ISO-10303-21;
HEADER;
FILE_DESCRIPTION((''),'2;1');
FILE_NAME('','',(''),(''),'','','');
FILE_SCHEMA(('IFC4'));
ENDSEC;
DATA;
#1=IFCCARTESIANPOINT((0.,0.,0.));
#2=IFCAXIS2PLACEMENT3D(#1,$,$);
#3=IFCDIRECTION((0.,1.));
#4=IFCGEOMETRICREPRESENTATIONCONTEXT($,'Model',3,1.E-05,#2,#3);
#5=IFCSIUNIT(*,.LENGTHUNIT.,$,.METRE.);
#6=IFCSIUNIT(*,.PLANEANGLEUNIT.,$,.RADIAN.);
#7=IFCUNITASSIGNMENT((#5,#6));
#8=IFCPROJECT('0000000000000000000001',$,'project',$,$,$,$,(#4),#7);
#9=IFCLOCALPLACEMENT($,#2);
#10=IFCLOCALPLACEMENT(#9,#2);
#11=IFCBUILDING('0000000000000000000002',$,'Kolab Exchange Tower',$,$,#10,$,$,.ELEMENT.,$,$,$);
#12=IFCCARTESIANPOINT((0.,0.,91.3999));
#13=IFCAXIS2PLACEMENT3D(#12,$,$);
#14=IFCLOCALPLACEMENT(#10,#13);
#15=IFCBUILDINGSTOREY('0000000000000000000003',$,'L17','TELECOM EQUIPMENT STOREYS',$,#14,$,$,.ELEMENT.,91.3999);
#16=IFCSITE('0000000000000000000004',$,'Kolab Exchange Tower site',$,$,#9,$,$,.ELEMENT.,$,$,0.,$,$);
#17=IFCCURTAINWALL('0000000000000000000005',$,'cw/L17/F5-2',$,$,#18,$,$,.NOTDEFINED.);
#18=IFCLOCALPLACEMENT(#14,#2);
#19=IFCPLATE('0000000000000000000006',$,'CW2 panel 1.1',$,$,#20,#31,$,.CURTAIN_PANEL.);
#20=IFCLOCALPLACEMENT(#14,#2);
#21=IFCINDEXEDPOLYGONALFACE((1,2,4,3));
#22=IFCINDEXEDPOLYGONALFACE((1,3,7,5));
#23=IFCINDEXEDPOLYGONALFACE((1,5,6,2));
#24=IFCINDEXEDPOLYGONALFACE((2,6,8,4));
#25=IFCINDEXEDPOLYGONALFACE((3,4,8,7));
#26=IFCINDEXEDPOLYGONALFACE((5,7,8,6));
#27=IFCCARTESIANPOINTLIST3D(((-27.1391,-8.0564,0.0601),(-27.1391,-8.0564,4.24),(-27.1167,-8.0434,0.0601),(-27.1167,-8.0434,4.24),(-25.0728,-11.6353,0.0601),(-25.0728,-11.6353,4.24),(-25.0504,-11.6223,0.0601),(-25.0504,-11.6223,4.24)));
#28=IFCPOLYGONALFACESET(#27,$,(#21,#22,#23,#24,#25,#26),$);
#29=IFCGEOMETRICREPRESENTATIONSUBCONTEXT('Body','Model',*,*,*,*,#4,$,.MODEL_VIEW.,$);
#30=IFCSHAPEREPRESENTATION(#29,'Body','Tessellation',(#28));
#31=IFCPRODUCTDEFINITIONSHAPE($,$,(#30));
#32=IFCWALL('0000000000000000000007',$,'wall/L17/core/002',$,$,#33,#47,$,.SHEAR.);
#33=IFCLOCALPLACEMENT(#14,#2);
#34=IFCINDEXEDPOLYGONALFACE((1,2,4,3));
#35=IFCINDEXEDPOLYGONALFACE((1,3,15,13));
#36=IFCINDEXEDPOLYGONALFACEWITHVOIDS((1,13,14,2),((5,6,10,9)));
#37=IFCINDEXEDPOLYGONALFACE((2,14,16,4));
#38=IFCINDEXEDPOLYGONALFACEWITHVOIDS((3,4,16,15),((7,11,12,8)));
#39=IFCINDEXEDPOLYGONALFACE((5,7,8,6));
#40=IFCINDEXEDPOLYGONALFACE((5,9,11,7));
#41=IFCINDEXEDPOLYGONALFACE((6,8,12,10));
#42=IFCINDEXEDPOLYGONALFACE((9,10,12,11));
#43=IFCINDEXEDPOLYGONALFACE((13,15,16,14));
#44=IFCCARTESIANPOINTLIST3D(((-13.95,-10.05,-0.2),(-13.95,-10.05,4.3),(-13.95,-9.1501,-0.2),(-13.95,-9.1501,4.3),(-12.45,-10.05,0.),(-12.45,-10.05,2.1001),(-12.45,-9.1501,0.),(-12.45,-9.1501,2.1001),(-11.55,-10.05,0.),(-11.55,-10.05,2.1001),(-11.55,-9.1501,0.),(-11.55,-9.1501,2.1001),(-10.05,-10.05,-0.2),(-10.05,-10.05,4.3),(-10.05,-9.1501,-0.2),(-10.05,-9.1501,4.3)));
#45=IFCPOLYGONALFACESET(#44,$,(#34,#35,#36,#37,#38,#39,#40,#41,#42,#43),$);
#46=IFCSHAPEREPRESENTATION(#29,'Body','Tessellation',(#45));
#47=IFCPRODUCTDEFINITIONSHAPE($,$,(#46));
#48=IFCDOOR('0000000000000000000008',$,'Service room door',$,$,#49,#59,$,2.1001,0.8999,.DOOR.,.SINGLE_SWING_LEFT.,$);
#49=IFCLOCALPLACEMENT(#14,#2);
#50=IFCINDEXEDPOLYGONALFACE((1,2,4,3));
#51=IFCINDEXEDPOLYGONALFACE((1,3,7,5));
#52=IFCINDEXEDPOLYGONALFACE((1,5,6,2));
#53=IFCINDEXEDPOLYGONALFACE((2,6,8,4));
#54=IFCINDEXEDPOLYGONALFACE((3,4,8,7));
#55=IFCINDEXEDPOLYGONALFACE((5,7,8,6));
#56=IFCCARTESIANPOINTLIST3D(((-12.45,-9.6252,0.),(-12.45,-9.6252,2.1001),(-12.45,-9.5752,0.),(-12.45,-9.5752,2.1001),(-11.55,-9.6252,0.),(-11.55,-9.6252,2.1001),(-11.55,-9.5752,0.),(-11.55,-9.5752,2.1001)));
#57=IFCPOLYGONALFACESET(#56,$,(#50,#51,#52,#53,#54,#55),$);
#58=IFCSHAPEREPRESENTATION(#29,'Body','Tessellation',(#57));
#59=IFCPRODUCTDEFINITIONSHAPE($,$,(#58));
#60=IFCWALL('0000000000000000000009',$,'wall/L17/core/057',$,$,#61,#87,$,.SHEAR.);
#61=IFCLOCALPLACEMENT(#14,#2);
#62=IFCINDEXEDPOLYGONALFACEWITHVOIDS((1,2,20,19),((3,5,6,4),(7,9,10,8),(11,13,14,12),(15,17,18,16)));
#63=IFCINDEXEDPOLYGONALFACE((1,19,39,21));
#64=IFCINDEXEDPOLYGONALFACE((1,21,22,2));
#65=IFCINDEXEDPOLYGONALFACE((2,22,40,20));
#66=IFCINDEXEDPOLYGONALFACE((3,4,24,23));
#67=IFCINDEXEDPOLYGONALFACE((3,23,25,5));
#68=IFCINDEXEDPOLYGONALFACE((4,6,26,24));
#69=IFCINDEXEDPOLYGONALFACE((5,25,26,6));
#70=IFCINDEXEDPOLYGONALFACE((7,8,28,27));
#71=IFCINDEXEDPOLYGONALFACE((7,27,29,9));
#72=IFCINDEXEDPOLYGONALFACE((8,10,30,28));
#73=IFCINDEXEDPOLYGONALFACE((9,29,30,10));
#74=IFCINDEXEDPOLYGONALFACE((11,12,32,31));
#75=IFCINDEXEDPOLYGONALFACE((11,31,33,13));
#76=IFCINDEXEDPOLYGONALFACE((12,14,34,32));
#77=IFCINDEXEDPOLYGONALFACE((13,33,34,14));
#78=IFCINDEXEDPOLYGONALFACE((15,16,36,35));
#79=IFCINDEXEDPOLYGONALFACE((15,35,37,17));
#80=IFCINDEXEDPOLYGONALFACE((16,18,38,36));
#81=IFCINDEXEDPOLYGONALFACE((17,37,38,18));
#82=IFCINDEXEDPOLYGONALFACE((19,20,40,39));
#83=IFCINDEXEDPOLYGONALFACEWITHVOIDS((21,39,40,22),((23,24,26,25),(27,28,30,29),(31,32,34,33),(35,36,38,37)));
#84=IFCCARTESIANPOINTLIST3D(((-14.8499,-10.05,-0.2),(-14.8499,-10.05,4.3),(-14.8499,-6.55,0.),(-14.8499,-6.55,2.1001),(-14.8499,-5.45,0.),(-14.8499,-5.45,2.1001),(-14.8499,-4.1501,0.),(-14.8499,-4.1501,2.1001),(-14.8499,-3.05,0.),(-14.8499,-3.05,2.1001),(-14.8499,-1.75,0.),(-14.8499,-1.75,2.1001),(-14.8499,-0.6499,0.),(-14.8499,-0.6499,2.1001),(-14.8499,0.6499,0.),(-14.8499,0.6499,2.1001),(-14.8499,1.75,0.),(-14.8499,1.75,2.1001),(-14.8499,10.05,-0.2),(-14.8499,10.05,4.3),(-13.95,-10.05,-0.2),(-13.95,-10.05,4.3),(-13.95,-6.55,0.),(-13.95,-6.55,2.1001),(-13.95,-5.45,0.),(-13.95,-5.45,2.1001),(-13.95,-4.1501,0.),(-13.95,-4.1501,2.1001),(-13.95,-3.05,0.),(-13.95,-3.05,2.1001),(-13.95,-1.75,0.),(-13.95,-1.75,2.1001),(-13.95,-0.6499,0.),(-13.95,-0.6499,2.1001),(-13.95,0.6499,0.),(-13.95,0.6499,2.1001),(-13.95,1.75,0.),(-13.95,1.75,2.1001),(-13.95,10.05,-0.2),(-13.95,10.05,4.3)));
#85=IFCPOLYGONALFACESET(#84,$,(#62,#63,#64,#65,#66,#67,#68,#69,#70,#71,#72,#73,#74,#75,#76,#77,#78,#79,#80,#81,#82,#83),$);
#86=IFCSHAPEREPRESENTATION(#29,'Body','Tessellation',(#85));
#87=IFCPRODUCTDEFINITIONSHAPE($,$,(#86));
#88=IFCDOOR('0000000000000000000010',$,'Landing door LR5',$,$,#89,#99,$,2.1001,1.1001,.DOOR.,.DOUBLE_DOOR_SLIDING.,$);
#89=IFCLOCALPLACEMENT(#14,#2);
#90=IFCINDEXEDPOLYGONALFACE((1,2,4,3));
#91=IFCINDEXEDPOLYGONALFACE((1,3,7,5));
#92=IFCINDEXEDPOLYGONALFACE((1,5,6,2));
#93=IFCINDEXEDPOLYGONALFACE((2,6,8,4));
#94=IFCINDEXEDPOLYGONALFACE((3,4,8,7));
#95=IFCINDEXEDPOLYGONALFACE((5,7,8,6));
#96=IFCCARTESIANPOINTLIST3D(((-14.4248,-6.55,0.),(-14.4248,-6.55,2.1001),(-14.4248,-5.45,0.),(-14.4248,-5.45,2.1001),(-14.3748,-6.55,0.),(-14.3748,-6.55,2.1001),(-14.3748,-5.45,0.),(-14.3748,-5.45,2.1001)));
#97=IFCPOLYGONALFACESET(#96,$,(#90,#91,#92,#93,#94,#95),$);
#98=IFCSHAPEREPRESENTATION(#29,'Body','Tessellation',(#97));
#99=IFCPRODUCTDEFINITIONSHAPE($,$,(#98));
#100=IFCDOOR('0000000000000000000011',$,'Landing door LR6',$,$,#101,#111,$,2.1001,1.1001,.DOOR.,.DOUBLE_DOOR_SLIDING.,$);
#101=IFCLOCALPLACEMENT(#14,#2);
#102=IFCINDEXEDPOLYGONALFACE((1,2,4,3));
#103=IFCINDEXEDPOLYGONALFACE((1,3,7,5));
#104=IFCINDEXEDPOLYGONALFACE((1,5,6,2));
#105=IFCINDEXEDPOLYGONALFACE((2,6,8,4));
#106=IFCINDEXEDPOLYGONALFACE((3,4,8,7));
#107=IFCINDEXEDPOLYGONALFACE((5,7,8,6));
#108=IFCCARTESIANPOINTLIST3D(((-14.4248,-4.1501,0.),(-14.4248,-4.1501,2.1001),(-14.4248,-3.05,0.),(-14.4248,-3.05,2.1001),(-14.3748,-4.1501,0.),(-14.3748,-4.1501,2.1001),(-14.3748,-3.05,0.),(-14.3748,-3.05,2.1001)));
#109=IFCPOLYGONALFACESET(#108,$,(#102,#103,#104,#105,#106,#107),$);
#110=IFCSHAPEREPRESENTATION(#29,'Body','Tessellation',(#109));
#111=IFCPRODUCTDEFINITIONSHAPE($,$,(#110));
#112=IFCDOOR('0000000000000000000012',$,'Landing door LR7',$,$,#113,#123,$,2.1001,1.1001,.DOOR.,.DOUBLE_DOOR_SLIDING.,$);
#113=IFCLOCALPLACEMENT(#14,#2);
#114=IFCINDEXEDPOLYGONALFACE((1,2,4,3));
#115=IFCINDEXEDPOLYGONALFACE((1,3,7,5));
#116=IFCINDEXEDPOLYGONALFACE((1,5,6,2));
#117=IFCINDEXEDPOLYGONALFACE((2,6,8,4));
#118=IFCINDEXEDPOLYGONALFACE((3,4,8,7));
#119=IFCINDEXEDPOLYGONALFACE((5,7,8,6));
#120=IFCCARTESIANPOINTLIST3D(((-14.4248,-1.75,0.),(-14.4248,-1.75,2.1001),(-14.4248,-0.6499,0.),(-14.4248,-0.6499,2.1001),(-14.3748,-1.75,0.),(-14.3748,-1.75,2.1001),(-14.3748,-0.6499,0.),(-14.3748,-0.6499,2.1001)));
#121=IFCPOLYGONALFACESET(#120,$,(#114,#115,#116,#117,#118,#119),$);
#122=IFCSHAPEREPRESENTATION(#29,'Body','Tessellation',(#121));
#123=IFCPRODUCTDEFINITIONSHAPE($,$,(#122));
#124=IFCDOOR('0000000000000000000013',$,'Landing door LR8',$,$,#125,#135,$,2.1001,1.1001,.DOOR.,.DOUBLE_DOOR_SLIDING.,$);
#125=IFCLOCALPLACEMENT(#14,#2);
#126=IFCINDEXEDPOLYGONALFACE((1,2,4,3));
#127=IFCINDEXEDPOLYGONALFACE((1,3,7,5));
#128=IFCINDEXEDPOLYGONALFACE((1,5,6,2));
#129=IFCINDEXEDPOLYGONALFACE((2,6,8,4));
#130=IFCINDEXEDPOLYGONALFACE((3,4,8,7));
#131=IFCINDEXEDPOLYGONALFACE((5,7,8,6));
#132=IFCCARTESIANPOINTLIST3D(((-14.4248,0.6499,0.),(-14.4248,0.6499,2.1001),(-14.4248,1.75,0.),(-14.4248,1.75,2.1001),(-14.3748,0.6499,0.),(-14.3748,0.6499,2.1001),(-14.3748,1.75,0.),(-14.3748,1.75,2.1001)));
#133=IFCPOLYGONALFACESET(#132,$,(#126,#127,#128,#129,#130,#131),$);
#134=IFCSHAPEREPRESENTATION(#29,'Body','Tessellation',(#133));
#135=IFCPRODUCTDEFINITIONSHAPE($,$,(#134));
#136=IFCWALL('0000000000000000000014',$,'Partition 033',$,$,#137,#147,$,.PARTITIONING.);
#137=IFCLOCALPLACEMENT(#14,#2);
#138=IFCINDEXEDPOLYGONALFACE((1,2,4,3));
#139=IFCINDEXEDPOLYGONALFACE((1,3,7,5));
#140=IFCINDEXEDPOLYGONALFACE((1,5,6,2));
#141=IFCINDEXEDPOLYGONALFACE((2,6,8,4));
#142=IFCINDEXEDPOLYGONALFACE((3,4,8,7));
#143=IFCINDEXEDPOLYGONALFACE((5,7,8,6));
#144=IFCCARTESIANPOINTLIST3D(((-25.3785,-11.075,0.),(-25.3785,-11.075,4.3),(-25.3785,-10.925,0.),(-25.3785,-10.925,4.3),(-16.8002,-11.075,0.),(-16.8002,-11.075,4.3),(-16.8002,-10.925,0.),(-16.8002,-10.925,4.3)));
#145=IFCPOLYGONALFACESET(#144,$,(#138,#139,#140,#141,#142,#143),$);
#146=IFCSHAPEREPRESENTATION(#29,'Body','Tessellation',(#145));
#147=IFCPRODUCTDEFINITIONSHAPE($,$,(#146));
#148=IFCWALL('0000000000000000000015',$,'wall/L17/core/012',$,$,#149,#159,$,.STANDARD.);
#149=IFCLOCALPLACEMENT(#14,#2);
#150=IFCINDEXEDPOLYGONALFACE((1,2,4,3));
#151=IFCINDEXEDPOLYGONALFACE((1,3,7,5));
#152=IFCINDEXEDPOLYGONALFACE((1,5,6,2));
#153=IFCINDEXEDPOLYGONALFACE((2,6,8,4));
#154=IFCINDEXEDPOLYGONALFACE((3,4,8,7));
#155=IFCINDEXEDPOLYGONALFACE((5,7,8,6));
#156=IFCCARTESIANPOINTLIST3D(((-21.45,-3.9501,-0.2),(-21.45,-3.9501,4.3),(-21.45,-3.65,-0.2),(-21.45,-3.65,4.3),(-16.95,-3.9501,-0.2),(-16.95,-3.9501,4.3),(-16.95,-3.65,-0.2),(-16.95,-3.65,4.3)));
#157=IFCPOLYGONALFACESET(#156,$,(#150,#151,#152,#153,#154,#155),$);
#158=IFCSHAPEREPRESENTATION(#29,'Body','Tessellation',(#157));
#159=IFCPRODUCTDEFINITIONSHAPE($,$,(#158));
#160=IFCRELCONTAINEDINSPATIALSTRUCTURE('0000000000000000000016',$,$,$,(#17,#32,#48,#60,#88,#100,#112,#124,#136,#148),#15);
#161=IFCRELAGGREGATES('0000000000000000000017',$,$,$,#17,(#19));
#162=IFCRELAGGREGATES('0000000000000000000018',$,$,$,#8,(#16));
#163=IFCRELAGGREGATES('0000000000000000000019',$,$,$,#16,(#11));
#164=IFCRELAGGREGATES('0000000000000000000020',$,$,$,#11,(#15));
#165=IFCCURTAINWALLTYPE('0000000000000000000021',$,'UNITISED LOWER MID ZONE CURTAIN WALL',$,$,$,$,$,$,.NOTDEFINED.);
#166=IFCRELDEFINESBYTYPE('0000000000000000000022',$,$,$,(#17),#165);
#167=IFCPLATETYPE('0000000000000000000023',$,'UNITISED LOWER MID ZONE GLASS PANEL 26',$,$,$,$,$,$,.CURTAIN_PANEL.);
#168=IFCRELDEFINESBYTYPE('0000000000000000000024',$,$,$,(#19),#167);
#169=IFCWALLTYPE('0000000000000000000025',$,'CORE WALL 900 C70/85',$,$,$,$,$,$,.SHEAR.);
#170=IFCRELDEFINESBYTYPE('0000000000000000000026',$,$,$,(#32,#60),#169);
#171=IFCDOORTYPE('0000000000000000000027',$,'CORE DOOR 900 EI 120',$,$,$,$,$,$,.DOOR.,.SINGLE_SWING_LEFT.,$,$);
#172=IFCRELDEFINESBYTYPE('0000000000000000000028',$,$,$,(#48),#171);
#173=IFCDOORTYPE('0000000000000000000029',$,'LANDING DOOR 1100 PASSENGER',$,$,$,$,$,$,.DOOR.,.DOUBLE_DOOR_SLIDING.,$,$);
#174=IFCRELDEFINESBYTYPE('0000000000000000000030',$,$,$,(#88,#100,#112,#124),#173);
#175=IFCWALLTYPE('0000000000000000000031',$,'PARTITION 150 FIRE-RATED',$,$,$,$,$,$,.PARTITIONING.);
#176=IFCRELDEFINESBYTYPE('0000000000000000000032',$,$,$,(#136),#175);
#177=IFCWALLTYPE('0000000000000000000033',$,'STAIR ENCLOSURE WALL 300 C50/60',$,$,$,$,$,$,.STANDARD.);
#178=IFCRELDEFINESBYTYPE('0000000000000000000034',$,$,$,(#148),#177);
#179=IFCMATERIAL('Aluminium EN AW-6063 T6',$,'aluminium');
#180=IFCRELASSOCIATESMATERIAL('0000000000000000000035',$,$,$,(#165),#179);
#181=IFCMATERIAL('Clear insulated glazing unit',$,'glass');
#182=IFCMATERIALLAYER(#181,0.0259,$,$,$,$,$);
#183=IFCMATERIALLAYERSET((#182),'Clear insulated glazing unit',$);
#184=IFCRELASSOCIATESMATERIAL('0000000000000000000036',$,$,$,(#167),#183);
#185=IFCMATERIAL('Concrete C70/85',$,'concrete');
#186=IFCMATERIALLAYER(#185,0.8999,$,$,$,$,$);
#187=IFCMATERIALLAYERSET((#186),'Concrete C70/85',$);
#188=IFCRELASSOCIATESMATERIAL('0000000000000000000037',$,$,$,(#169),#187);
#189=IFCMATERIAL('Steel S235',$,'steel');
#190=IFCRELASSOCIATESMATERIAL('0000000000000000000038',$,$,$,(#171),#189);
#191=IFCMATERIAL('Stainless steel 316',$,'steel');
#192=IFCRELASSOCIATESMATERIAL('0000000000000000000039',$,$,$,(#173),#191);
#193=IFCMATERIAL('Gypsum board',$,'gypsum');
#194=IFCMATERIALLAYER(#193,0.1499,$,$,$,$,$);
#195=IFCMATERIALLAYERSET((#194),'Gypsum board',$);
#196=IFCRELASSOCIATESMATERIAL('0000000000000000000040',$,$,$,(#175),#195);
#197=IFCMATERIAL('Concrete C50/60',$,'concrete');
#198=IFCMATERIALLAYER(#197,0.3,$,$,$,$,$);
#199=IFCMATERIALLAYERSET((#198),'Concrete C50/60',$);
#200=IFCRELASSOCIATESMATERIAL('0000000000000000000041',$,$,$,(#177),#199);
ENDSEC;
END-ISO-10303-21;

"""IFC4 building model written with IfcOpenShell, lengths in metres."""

from ifc_helpers import new_model, si_unit, direction, frame, frame_2d, origin, origin_2d, place, context, subcontext, project, spatial, rectangle, extrude, material, layer, layer_set, type_object, element, fill, aggregate, save


model = new_model("IFC4")

# Units and contexts
model_context = context("Model", 3, precision=1e-05, world=origin(), true_north=direction((0.0, 1.0)))
body_context = subcontext(model_context, "Body", "Model", "MODEL_VIEW")
ifc_project = project(units=[si_unit("LENGTHUNIT", "METRE"), si_unit("PLANEANGLEUNIT", "RADIAN")], contexts=[model_context])

# Site, building, storey
site_placement = place(None, origin())
site = spatial("IfcSite", under=ifc_project, at=site_placement, Name="Kolab Exchange Tower site", CompositionType="ELEMENT", RefElevation=0.0)
building_placement = place(site_placement, origin())
building = spatial("IfcBuilding", under=site, at=building_placement, Name="Kolab Exchange Tower", CompositionType="ELEMENT")
storey_placement = place(building_placement, frame((0.0, 0.0, 91.3999)))
storey = spatial("IfcBuildingStorey", under=building, at=storey_placement, Name="L17", Description="TELECOM EQUIPMENT STOREYS", CompositionType="ELEMENT", Elevation=91.3999)

# Shared definitions
ifc_material_1 = material(Name="Concrete C70/85", Category="concrete")

# Curtain wall, plate
ifc_material_2 = material(Name="Aluminium EN AW-6063 T6", Category="aluminium")
curtain_wall_type = type_object("IfcCurtainWallType", Name="UNITISED LOWER MID ZONE CURTAIN WALL", PredefinedType="NOTDEFINED", material=ifc_material_2)
curtain_wall_placement = place(storey_placement, origin())
curtain_wall = element("IfcCurtainWall", 1, at=curtain_wall_placement, inside=storey, type_object=curtain_wall_type, Name="cw/L17/F5-2", PredefinedType="NOTDEFINED")
ifc_material_3 = material(Name="Clear insulated glazing unit", Category="glass")
ifc_layer_1 = layer(ifc_material_3, 0.0259)
ifc_layer_set_1 = layer_set([ifc_layer_1], Name="Clear insulated glazing unit")
plate_type = type_object("IfcPlateType", Name="UNITISED LOWER MID ZONE GLASS PANEL 26", PredefinedType="CURTAIN_PANEL", material=ifc_layer_set_1)
plate_placement = place(storey_placement, frame((-26.0947, -9.8394, 0.0601), z_axis=(0.0, 0.0, 1.0), x_axis=(-0.5, 0.866025, 0.0)))
plate = element("IfcPlate", 2, at=plate_placement, type_object=plate_type, Name="CW2 panel 1.1", PredefinedType="CURTAIN_PANEL", context=body_context, shape_type="SweptSolid", body=[
    extrude(rectangle(XDim=4.1326, YDim=0.0259, at=origin_2d()), origin(), (0.0, 0.0, 1.0), 4.1799),
])
aggregate(curtain_wall, [plate])

# Wall, opening, door
ifc_layer_2 = layer(ifc_material_1, 0.8999)
ifc_layer_set_2 = layer_set([ifc_layer_2], Name="Concrete C70/85")
wall_type_1 = type_object("IfcWallType", Name="CORE WALL 900 C70/85", PredefinedType="SHEAR", material=ifc_layer_set_2)
wall_1_placement = place(storey_placement, frame((-13.95, -9.6001, -0.2), z_axis=(0.0, 0.0, 1.0), x_axis=(1.0, 0.0, 0.0)))
wall_1 = element("IfcWall", 3, at=wall_1_placement, inside=storey, type_object=wall_type_1, Name="wall/L17/core/002", PredefinedType="SHEAR", context=body_context, shape_type="SweptSolid", body=[
    extrude(rectangle(XDim=3.8999, YDim=0.8999, at=frame_2d((1.95, 0.0))), origin(), (0.0, 0.0, 1.0), 4.5),
])
opening_1_placement = place(wall_1_placement, frame((1.5, 0.0, 0.2)))
opening_1 = element("IfcOpeningElement", 4, at=opening_1_placement, cuts=wall_1, PredefinedType="OPENING", context=body_context, shape_type="SweptSolid", body=[
    extrude(rectangle(XDim=0.8999, YDim=2.1001, at=frame_2d((0.45, 1.05))), frame((0.0, 0.46, 0.0), z_axis=(0.0, -1.0, 0.0), x_axis=(1.0, 0.0, 0.0)), (0.0, 0.0, 1.0), 0.9199),
])
ifc_material_4 = material(Name="Steel S235", Category="steel")
door_type_1 = type_object("IfcDoorType", Name="CORE DOOR 900 EI 120", OperationType="SINGLE_SWING_LEFT", PredefinedType="DOOR", material=ifc_material_4)
door_1_placement = place(opening_1_placement, origin())
door_1 = element("IfcDoor", 5, at=door_1_placement, inside=storey, type_object=door_type_1, Name="Service room door", OperationType="SINGLE_SWING_LEFT", OverallHeight=2.1001, OverallWidth=0.8999, PredefinedType="DOOR", context=body_context, shape_type="SweptSolid", body=[
    extrude(rectangle(XDim=0.8999, YDim=2.1001, at=frame_2d((0.45, 1.05))), frame((0.0, 0.0249, 0.0), z_axis=(0.0, -1.0, 0.0), x_axis=(1.0, 0.0, 0.0)), (0.0, 0.0, 1.0), 0.05),
])
fill(opening_1, door_1)

# Wall, openings, doors
wall_2_placement = place(storey_placement, frame((-14.3999, -10.05, -0.2), z_axis=(0.0, 0.0, 1.0), x_axis=(0.0, 1.0, 0.0)))
wall_2 = element("IfcWall", 6, at=wall_2_placement, inside=storey, type_object=wall_type_1, Name="wall/L17/core/057", PredefinedType="SHEAR", context=body_context, shape_type="SweptSolid", body=[
    extrude(rectangle(XDim=20.1001, YDim=0.8999, at=frame_2d((10.05, 0.0))), origin(), (0.0, 0.0, 1.0), 4.5),
])
opening_2_placement = place(wall_2_placement, frame((3.5, 0.0, 0.2)))
opening_2 = element("IfcOpeningElement", 7, at=opening_2_placement, cuts=wall_2, PredefinedType="OPENING", context=body_context, shape_type="SweptSolid", body=[
    extrude(rectangle(XDim=1.1001, YDim=2.1001, at=frame_2d((0.55, 1.05))), frame((0.0, 0.46, 0.0), z_axis=(0.0, -1.0, 0.0), x_axis=(1.0, 0.0, 0.0)), (0.0, 0.0, 1.0), 0.9199),
])
opening_3_placement = place(wall_2_placement, frame((5.8999, 0.0, 0.2)))
opening_3 = element("IfcOpeningElement", 8, at=opening_3_placement, cuts=wall_2, PredefinedType="OPENING", context=body_context, shape_type="SweptSolid", body=[
    extrude(rectangle(XDim=1.1001, YDim=2.1001, at=frame_2d((0.55, 1.05))), frame((0.0, 0.46, 0.0), z_axis=(0.0, -1.0, 0.0), x_axis=(1.0, 0.0, 0.0)), (0.0, 0.0, 1.0), 0.9199),
])
opening_4_placement = place(wall_2_placement, frame((8.3, 0.0, 0.2)))
opening_4 = element("IfcOpeningElement", 9, at=opening_4_placement, cuts=wall_2, PredefinedType="OPENING", context=body_context, shape_type="SweptSolid", body=[
    extrude(rectangle(XDim=1.1001, YDim=2.1001, at=frame_2d((0.55, 1.05))), frame((0.0, 0.46, 0.0), z_axis=(0.0, -1.0, 0.0), x_axis=(1.0, 0.0, 0.0)), (0.0, 0.0, 1.0), 0.9199),
])
opening_5_placement = place(wall_2_placement, frame((10.7, 0.0, 0.2)))
opening_5 = element("IfcOpeningElement", 10, at=opening_5_placement, cuts=wall_2, PredefinedType="OPENING", context=body_context, shape_type="SweptSolid", body=[
    extrude(rectangle(XDim=1.1001, YDim=2.1001, at=frame_2d((0.55, 1.05))), frame((0.0, 0.46, 0.0), z_axis=(0.0, -1.0, 0.0), x_axis=(1.0, 0.0, 0.0)), (0.0, 0.0, 1.0), 0.9199),
])
ifc_material_5 = material(Name="Stainless steel 316", Category="steel")
door_type_2 = type_object("IfcDoorType", Name="LANDING DOOR 1100 PASSENGER", OperationType="DOUBLE_DOOR_SLIDING", PredefinedType="DOOR", material=ifc_material_5)
door_2_placement = place(opening_2_placement, origin())
door_2 = element("IfcDoor", 11, at=door_2_placement, inside=storey, type_object=door_type_2, Name="Landing door LR5", OperationType="DOUBLE_DOOR_SLIDING", OverallHeight=2.1001, OverallWidth=1.1001, PredefinedType="DOOR", context=body_context, shape_type="SweptSolid", body=[
    extrude(rectangle(XDim=1.1001, YDim=2.1001, at=frame_2d((0.55, 1.05))), frame((0.0, 0.0249, 0.0), z_axis=(0.0, -1.0, 0.0), x_axis=(1.0, 0.0, 0.0)), (0.0, 0.0, 1.0), 0.05),
])
fill(opening_2, door_2)
door_3_placement = place(opening_3_placement, origin())
door_3 = element("IfcDoor", 12, at=door_3_placement, inside=storey, type_object=door_type_2, Name="Landing door LR6", OperationType="DOUBLE_DOOR_SLIDING", OverallHeight=2.1001, OverallWidth=1.1001, PredefinedType="DOOR", context=body_context, shape_type="SweptSolid", body=[
    extrude(rectangle(XDim=1.1001, YDim=2.1001, at=frame_2d((0.55, 1.05))), frame((0.0, 0.0249, 0.0), z_axis=(0.0, -1.0, 0.0), x_axis=(1.0, 0.0, 0.0)), (0.0, 0.0, 1.0), 0.05),
])
fill(opening_3, door_3)
door_4_placement = place(opening_4_placement, origin())
door_4 = element("IfcDoor", 13, at=door_4_placement, inside=storey, type_object=door_type_2, Name="Landing door LR7", OperationType="DOUBLE_DOOR_SLIDING", OverallHeight=2.1001, OverallWidth=1.1001, PredefinedType="DOOR", context=body_context, shape_type="SweptSolid", body=[
    extrude(rectangle(XDim=1.1001, YDim=2.1001, at=frame_2d((0.55, 1.05))), frame((0.0, 0.0249, 0.0), z_axis=(0.0, -1.0, 0.0), x_axis=(1.0, 0.0, 0.0)), (0.0, 0.0, 1.0), 0.05),
])
fill(opening_4, door_4)
door_5_placement = place(opening_5_placement, origin())
door_5 = element("IfcDoor", 14, at=door_5_placement, inside=storey, type_object=door_type_2, Name="Landing door LR8", OperationType="DOUBLE_DOOR_SLIDING", OverallHeight=2.1001, OverallWidth=1.1001, PredefinedType="DOOR", context=body_context, shape_type="SweptSolid", body=[
    extrude(rectangle(XDim=1.1001, YDim=2.1001, at=frame_2d((0.55, 1.05))), frame((0.0, 0.0249, 0.0), z_axis=(0.0, -1.0, 0.0), x_axis=(1.0, 0.0, 0.0)), (0.0, 0.0, 1.0), 0.05),
])
fill(opening_5, door_5)

# Walls
ifc_material_6 = material(Name="Gypsum board", Category="gypsum")
ifc_layer_3 = layer(ifc_material_6, 0.1499)
ifc_layer_set_3 = layer_set([ifc_layer_3], Name="Gypsum board")
wall_type_2 = type_object("IfcWallType", Name="PARTITION 150 FIRE-RATED", PredefinedType="PARTITIONING", material=ifc_layer_set_3)
wall_3_placement = place(storey_placement, frame((-25.3784, -11.0, 0.0), z_axis=(0.0, 0.0, 1.0), x_axis=(1.0, 0.0, 0.0)))
element("IfcWall", 15, at=wall_3_placement, inside=storey, type_object=wall_type_2, Name="Partition 033", PredefinedType="PARTITIONING", context=body_context, shape_type="SweptSolid", body=[
    extrude(rectangle(XDim=8.5784, YDim=0.1499, at=frame_2d((4.2891, 0.0))), origin(), (0.0, 0.0, 1.0), 4.3),
])
ifc_material_7 = material(Name="Concrete C50/60", Category="concrete")
ifc_layer_4 = layer(ifc_material_7, 0.3)
ifc_layer_set_4 = layer_set([ifc_layer_4], Name="Concrete C50/60")
wall_type_3 = type_object("IfcWallType", Name="STAIR ENCLOSURE WALL 300 C50/60", PredefinedType="STANDARD", material=ifc_layer_set_4)
wall_4_placement = place(storey_placement, frame((-21.45, -3.8, -0.2), z_axis=(0.0, 0.0, 1.0), x_axis=(1.0, 0.0, 0.0)))
element("IfcWall", 16, at=wall_4_placement, inside=storey, type_object=wall_type_3, Name="wall/L17/core/012", PredefinedType="STANDARD", context=body_context, shape_type="SweptSolid", body=[
    extrude(rectangle(XDim=4.5, YDim=0.3, at=frame_2d((2.25, 0.0))), origin(), (0.0, 0.0, 1.0), 4.5),
])

save(model, "model.ifc")
